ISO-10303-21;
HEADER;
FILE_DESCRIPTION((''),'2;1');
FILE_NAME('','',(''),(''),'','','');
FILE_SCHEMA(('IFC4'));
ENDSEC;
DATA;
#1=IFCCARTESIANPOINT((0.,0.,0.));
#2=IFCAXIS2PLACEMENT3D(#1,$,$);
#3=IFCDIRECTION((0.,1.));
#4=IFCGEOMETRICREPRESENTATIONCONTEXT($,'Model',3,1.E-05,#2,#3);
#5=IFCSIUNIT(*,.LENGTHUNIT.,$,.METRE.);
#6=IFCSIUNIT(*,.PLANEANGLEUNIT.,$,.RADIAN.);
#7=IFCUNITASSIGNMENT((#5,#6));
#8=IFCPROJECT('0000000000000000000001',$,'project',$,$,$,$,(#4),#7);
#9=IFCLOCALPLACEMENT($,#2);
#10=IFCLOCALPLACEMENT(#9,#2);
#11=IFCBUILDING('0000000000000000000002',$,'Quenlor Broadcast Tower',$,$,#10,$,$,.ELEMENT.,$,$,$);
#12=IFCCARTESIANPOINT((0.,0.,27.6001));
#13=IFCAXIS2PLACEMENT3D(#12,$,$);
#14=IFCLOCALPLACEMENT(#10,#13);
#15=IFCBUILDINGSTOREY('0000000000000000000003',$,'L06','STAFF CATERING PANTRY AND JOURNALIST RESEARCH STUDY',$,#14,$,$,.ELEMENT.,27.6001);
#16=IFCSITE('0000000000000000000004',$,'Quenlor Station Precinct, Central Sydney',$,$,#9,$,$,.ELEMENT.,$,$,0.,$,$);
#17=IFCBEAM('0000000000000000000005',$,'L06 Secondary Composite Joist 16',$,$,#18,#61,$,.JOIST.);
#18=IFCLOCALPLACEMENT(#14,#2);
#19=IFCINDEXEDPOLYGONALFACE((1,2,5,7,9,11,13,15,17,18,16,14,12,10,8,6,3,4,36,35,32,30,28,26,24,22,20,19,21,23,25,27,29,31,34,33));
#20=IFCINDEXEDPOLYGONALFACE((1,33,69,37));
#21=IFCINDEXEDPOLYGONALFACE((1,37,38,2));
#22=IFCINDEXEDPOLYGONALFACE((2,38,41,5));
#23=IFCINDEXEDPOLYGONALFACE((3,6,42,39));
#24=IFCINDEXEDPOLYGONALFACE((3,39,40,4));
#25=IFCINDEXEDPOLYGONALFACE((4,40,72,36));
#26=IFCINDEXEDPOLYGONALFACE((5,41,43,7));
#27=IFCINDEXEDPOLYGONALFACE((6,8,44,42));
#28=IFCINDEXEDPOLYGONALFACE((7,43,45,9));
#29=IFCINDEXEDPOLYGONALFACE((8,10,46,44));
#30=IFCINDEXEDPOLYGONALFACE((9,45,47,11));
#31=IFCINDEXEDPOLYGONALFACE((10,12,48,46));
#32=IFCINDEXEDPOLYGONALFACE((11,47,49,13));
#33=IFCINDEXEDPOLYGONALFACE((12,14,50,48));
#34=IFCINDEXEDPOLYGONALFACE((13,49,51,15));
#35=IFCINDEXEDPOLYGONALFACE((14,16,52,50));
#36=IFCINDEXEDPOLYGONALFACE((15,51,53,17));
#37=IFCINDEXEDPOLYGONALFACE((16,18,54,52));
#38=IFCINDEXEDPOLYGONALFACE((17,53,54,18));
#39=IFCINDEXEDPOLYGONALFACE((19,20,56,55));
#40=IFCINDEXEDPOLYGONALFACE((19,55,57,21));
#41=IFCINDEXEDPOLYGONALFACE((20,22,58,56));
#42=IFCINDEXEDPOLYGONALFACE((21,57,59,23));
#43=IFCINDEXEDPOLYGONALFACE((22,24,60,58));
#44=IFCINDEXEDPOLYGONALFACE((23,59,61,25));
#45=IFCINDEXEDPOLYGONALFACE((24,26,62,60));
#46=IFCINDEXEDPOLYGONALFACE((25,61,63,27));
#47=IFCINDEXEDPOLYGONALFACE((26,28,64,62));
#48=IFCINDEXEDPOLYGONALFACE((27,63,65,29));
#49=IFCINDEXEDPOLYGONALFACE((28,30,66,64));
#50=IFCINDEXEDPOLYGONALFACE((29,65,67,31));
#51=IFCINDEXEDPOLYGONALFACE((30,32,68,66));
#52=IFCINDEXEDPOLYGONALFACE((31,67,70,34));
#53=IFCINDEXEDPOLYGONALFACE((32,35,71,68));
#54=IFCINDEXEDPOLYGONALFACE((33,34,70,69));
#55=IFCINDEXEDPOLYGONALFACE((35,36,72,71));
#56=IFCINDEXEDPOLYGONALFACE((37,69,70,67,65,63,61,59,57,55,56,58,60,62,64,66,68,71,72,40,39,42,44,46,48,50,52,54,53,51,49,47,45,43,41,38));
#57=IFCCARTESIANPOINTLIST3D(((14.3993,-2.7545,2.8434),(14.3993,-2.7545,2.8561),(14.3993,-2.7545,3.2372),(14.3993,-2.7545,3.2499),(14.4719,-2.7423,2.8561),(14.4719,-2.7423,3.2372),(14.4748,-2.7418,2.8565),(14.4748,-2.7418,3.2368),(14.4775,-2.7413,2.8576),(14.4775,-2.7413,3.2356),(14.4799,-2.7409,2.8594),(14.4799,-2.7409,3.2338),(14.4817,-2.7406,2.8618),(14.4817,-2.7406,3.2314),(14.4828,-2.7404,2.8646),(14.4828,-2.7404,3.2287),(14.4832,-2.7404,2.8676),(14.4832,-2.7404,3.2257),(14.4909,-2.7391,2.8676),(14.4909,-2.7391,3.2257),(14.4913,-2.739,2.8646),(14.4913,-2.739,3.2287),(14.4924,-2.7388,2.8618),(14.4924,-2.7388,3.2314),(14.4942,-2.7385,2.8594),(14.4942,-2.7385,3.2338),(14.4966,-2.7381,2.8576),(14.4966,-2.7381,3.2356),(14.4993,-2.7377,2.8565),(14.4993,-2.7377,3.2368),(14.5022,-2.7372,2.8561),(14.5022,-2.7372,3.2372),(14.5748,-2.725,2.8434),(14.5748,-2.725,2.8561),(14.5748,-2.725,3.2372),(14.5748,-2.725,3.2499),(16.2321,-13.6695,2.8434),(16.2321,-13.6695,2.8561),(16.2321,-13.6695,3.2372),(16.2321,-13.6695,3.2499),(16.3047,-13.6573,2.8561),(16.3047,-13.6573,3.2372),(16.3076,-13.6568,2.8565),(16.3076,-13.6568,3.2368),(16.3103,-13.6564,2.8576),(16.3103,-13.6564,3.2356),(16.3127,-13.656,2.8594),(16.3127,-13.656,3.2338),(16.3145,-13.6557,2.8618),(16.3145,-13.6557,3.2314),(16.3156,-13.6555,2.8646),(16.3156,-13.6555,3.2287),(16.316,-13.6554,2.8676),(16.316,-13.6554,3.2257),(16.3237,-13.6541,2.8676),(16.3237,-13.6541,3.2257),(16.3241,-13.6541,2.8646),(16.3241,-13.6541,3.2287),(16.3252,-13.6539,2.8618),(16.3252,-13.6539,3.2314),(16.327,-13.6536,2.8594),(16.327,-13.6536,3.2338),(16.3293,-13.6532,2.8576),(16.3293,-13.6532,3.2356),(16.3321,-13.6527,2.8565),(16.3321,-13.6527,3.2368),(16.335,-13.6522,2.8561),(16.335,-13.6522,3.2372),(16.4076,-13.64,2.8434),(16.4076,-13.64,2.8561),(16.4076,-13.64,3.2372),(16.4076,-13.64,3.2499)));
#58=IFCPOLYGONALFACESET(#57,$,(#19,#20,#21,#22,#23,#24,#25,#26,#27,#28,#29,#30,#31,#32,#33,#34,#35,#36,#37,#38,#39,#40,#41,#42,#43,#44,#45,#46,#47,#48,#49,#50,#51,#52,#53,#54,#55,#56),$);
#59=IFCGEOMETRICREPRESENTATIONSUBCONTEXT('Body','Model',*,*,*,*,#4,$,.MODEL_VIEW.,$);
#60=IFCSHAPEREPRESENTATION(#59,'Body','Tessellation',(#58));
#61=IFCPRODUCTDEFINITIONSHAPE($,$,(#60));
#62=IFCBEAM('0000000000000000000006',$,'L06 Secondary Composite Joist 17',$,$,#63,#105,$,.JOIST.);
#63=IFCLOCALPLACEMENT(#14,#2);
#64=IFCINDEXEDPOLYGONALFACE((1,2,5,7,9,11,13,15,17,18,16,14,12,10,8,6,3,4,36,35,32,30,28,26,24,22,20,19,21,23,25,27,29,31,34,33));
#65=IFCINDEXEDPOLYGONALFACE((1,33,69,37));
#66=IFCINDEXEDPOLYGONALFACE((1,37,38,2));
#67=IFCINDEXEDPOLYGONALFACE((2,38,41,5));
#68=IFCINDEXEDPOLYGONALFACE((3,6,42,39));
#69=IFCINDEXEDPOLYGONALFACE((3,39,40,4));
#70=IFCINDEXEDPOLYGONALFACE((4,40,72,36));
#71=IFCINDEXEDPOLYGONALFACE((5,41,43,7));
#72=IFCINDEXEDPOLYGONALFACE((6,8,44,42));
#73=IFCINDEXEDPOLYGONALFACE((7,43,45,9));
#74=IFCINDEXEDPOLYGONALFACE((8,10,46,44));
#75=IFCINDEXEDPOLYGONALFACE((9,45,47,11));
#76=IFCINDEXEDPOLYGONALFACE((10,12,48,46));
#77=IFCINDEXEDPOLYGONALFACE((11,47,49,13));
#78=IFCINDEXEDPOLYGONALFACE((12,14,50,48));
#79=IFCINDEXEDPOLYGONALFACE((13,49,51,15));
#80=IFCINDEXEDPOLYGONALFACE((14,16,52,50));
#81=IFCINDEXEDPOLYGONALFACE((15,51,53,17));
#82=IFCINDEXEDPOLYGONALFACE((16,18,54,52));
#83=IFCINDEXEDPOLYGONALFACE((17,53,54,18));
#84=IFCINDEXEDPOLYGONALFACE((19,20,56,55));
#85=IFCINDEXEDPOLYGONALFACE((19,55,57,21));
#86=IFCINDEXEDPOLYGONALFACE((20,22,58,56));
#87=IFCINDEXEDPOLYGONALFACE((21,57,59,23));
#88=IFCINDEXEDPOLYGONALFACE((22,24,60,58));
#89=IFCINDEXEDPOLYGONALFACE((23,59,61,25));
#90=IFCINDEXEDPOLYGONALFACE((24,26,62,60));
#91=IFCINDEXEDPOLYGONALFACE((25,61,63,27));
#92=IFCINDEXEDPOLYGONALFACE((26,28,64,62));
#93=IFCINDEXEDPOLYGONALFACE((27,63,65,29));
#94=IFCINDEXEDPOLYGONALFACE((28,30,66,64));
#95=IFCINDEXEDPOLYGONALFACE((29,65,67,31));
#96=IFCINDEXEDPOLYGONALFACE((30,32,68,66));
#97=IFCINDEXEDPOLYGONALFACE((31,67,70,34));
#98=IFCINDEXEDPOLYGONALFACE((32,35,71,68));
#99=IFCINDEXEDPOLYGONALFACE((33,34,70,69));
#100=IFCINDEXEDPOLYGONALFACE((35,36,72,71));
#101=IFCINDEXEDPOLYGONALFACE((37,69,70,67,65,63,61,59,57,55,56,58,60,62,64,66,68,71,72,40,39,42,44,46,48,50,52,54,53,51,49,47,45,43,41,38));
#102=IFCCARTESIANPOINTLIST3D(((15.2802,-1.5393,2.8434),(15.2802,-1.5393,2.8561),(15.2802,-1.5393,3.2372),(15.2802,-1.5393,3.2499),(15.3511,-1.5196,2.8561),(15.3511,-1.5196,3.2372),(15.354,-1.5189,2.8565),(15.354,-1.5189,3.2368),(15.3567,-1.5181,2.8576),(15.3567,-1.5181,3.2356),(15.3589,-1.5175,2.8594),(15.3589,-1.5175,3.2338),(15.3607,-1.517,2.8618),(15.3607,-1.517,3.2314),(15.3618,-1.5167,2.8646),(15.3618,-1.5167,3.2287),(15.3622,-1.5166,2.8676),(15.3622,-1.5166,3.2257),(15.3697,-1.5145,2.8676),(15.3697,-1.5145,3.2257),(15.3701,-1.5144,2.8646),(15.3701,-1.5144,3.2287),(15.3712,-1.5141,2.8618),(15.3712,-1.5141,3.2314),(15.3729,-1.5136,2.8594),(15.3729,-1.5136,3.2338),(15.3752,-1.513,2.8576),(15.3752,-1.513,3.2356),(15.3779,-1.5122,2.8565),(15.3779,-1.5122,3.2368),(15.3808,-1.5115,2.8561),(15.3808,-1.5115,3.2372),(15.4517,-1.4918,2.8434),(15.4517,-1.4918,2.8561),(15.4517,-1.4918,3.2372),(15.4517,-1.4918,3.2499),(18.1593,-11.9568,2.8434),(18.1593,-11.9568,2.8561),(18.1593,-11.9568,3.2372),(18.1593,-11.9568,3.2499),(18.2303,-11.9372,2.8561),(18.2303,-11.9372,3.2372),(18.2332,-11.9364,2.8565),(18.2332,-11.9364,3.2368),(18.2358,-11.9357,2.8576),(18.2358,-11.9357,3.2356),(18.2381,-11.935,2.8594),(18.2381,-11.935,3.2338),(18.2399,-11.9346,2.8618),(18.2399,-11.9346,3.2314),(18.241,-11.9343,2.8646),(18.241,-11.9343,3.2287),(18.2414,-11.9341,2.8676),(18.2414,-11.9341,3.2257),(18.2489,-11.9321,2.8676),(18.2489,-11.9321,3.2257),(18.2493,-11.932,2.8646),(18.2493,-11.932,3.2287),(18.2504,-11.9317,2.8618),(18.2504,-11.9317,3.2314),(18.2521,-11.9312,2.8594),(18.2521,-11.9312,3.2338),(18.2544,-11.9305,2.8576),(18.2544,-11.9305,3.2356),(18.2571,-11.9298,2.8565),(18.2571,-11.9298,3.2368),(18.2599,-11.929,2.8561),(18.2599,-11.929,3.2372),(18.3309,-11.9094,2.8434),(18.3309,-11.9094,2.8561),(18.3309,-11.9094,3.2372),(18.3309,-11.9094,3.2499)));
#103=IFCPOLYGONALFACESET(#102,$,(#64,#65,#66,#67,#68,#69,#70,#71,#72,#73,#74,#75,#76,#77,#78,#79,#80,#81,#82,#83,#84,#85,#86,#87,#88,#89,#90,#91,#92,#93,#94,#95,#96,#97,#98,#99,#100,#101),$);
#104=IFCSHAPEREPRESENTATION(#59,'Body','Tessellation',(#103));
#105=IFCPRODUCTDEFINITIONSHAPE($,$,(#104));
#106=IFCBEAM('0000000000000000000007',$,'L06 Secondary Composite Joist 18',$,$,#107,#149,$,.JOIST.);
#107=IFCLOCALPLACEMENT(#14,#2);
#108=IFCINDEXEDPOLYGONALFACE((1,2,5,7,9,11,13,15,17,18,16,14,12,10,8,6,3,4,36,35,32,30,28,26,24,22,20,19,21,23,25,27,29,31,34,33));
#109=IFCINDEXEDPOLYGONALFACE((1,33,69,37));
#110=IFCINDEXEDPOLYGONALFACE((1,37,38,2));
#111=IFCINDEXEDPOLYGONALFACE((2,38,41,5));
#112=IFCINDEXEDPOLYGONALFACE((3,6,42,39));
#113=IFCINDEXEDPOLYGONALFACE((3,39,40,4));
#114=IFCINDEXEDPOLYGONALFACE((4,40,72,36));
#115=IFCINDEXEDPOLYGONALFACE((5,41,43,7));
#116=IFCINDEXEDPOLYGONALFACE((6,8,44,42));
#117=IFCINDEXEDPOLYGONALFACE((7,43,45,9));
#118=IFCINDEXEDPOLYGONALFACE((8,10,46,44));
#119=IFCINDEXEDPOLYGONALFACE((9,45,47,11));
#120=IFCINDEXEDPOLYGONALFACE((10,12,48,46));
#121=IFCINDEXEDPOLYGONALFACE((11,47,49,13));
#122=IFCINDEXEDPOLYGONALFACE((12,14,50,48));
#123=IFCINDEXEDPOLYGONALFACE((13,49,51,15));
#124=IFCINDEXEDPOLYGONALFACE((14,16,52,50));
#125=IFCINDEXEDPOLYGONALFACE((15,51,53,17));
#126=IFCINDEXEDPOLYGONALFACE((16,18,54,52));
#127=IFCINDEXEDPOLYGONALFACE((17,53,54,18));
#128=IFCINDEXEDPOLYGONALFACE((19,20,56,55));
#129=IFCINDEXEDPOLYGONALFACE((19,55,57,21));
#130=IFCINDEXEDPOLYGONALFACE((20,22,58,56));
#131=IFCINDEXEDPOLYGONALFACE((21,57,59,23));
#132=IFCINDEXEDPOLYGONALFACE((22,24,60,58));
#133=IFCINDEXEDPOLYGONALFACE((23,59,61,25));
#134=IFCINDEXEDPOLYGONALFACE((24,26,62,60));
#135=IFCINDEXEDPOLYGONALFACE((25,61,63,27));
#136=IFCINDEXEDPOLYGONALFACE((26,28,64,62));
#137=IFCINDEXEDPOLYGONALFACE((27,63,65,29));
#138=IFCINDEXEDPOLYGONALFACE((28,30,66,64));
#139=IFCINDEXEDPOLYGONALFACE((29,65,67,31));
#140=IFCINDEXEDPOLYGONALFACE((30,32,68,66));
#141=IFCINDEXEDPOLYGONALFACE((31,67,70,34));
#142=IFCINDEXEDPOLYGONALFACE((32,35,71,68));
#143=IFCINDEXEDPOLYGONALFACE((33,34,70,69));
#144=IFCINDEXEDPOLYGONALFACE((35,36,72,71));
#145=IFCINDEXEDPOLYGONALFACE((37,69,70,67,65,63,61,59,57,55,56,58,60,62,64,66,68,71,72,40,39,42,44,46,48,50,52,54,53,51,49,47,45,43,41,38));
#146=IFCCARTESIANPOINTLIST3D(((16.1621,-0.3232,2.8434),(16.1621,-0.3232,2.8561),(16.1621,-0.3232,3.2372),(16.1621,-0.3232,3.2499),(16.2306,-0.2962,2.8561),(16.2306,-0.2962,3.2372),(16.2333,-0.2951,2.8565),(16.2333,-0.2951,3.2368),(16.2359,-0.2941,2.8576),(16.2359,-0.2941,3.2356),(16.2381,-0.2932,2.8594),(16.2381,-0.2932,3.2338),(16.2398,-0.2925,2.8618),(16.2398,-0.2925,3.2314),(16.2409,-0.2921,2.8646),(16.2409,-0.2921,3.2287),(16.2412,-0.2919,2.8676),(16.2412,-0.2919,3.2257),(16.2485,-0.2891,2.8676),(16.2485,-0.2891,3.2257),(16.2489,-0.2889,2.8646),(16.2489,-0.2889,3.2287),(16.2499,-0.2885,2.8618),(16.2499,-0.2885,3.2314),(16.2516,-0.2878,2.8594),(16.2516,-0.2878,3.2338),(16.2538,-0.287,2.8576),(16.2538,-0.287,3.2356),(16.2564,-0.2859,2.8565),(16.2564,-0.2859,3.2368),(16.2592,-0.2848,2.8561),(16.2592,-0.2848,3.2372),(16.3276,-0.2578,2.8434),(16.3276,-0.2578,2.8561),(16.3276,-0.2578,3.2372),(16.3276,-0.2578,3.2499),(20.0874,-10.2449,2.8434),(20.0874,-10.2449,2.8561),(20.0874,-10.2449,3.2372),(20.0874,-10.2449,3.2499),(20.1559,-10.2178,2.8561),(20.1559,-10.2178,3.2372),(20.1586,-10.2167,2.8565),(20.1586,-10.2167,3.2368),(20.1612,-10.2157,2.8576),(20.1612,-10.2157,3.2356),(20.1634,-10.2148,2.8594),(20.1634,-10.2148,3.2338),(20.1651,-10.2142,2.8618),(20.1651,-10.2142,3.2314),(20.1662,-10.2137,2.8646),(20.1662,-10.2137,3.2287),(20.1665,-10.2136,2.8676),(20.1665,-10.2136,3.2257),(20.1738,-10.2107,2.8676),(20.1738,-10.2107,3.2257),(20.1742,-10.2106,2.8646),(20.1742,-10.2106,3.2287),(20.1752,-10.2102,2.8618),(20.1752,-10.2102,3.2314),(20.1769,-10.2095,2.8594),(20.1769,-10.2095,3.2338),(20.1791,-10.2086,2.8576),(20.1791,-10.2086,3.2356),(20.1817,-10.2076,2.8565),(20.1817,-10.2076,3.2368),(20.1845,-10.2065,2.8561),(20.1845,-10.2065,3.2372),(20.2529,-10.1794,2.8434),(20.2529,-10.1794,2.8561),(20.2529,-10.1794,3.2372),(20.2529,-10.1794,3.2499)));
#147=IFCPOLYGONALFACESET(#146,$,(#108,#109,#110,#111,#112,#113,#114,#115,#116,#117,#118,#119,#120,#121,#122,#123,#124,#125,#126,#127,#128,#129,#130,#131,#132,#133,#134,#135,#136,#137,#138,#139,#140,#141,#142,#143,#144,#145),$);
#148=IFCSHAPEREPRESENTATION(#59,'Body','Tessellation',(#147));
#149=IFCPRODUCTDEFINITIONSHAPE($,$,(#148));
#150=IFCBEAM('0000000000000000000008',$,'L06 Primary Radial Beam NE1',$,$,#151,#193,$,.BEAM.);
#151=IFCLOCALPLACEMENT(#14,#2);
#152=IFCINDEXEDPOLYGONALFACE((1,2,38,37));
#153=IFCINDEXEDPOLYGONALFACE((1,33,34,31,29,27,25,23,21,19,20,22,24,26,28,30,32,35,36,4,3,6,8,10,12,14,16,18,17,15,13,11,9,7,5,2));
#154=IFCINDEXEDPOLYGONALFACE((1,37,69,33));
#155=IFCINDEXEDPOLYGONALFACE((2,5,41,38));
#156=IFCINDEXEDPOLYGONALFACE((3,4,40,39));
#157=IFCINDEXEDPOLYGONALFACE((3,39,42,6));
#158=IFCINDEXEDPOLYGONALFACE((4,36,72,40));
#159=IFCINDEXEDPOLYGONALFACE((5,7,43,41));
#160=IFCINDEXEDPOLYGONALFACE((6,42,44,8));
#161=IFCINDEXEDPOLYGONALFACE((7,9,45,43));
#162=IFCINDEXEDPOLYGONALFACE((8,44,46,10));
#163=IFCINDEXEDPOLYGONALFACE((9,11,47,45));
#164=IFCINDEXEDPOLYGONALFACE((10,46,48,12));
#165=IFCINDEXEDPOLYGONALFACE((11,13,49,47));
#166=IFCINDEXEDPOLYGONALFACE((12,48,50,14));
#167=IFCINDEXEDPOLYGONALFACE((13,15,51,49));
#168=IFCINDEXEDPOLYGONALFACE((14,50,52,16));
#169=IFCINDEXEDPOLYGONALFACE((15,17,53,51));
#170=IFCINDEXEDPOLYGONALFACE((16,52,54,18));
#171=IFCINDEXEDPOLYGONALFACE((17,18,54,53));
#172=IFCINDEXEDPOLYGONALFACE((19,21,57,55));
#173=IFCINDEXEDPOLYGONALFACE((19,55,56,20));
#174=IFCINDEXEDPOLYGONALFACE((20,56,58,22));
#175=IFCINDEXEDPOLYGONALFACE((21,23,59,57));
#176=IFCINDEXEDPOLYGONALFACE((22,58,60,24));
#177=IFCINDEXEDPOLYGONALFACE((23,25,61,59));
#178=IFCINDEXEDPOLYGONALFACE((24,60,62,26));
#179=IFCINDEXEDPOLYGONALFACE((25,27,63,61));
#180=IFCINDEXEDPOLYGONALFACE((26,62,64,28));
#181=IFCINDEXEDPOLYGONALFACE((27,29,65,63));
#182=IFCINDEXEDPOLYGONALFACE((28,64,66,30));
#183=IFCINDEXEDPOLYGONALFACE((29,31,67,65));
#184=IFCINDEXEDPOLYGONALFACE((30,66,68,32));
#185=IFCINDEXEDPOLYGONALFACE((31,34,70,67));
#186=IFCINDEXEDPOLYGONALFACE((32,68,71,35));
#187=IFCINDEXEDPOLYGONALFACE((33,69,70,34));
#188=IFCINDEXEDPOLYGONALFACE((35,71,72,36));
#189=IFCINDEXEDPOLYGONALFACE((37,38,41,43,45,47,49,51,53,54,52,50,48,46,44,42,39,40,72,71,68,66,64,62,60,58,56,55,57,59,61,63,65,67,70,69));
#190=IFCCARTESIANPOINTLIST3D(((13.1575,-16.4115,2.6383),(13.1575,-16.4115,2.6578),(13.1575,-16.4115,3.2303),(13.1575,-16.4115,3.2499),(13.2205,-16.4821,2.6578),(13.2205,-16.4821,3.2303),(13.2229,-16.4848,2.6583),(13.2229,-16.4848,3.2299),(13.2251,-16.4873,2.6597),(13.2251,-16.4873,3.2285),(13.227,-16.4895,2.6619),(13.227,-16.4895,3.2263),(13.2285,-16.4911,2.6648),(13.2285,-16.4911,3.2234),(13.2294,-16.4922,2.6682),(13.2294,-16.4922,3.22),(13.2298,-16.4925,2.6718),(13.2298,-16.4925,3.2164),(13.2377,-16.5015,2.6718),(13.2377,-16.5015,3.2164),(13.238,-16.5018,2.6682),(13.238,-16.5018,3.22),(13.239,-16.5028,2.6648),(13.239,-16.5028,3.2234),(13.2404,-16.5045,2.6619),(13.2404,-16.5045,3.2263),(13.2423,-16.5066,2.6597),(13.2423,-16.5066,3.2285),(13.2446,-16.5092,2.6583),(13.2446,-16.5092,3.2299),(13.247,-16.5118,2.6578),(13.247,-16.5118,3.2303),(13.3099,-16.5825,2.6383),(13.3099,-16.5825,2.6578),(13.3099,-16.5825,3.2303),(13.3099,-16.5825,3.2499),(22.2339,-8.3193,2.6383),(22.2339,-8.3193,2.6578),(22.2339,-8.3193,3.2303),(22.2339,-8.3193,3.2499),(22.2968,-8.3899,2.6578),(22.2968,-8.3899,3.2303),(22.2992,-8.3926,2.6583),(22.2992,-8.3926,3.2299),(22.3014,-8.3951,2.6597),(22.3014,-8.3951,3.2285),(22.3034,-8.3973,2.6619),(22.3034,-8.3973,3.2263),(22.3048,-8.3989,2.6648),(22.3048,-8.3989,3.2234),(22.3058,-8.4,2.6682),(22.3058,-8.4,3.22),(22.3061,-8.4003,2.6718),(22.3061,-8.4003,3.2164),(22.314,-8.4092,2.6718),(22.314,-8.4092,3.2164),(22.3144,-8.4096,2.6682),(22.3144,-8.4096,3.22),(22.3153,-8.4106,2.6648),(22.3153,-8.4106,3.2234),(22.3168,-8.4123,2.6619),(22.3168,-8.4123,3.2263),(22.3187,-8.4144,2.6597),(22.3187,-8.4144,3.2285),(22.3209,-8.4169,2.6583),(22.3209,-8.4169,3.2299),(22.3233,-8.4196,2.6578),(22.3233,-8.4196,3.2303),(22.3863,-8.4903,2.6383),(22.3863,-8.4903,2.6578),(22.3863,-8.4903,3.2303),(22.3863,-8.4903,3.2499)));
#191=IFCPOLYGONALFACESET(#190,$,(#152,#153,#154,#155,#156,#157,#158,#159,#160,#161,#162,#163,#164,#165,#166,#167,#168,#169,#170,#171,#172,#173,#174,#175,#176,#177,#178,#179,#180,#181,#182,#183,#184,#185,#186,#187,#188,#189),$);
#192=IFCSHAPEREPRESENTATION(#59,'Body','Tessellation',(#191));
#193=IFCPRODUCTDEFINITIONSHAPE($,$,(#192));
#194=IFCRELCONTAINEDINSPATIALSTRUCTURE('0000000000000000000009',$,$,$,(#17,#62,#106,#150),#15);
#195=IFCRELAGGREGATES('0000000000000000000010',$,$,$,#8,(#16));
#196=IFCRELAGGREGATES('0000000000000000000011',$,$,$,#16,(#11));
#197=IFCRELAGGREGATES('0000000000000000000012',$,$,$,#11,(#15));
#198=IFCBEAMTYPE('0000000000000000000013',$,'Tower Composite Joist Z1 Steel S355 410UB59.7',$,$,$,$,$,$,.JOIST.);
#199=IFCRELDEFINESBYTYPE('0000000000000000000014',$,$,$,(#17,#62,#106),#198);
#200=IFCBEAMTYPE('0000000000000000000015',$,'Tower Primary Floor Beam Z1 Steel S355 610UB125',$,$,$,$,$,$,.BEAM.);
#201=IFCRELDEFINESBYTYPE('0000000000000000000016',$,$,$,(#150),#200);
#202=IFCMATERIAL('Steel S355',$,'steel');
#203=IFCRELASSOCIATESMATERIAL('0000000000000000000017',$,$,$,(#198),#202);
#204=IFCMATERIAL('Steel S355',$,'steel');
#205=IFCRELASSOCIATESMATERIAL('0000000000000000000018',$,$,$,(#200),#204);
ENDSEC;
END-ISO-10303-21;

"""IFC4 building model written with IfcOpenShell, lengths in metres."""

from ifc_helpers import new_model, si_unit, direction, frame, origin, origin_2d, place, context, subcontext, project, spatial, i_section, extrude, material, material_profile, profile_set, type_object, element, save


model = new_model("IFC4")

# Units and contexts
model_context = context("Model", 3, precision=1e-05, world=origin(), true_north=direction((0.0, 1.0)))
body_context = subcontext(model_context, "Body", "Model", "MODEL_VIEW")
ifc_project = project(units=[si_unit("LENGTHUNIT", "METRE"), si_unit("PLANEANGLEUNIT", "RADIAN")], contexts=[model_context])

# Site, building, storey
site_placement = place(None, origin())
site = spatial("IfcSite", under=ifc_project, at=site_placement, Name="Quenlor Station Precinct, Central Sydney", CompositionType="ELEMENT", RefElevation=0.0)
building_placement = place(site_placement, origin())
building = spatial("IfcBuilding", under=site, at=building_placement, Name="Quenlor Broadcast Tower", CompositionType="ELEMENT")
storey_placement = place(building_placement, frame((0.0, 0.0, 27.6001)))
storey = spatial("IfcBuildingStorey", under=building, at=storey_placement, Name="L06", Description="STAFF CATERING PANTRY AND JOURNALIST RESEARCH STUDY", CompositionType="ELEMENT", Elevation=27.6001)

# Beams
ifc_material_1 = material(Name="Steel S355", Category="steel")
ifc_material_profile_1 = material_profile(ifc_material_1, i_section(OverallWidth=0.178, OverallDepth=0.4065, WebThickness=0.0078, FlangeThickness=0.0127, FilletRadius=0.0115, at=origin_2d()))
ifc_profile_set_1 = profile_set([ifc_material_profile_1], Name="Steel S355 410UB59.7")
beam_type_1 = type_object("IfcBeamType", Name="Tower Composite Joist Z1 Steel S355 410UB59.7", PredefinedType="JOIST", material=ifc_profile_set_1)
beam_1_placement = place(storey_placement, frame((16.3198, -13.6548, 3.0466), z_axis=(-0.165594, 0.986194, 0.0), x_axis=(-0.986194, -0.165594, 0.0)))
element("IfcBeam", 1, at=beam_1_placement, inside=storey, type_object=beam_type_1, Name="L06 Secondary Composite Joist 16", PredefinedType="JOIST", context=body_context, shape_type="SweptSolid", body=[
    extrude(i_section(OverallWidth=0.178, OverallDepth=0.4065, WebThickness=0.0078, FlangeThickness=0.0127, FilletRadius=0.0115, at=origin_2d()), origin(), (0.0, 0.0, 1.0), 11.0679),
])
beam_2_placement = place(storey_placement, frame((18.2451, -11.9331, 3.0466), z_axis=(-0.26639, 0.963865, 0.0), x_axis=(-0.963865, -0.26639, 0.0)))
element("IfcBeam", 2, at=beam_2_placement, inside=storey, type_object=beam_type_1, Name="L06 Secondary Composite Joist 17", PredefinedType="JOIST", context=body_context, shape_type="SweptSolid", body=[
    extrude(i_section(OverallWidth=0.178, OverallDepth=0.4065, WebThickness=0.0078, FlangeThickness=0.0127, FilletRadius=0.0115, at=origin_2d()), origin(), (0.0, 0.0, 1.0), 10.8081),
])
beam_3_placement = place(storey_placement, frame((20.1702, -10.2122, 3.0466), z_axis=(-0.367885, 0.929871, 0.0), x_axis=(-0.929871, -0.367885, 0.0)))
element("IfcBeam", 3, at=beam_3_placement, inside=storey, type_object=beam_type_1, Name="L06 Secondary Composite Joist 18", PredefinedType="JOIST", context=body_context, shape_type="SweptSolid", body=[
    extrude(i_section(OverallWidth=0.178, OverallDepth=0.4065, WebThickness=0.0078, FlangeThickness=0.0127, FilletRadius=0.0115, at=origin_2d()), origin(), (0.0, 0.0, 1.0), 10.6699),
])
ifc_material_2 = material(Name="Steel S355", Category="steel")
ifc_material_profile_2 = material_profile(ifc_material_2, i_section(OverallWidth=0.229, OverallDepth=0.6116, WebThickness=0.012, FlangeThickness=0.0195, FilletRadius=0.0139, at=origin_2d()))
ifc_profile_set_2 = profile_set([ifc_material_profile_2], Name="Steel S355 610UB125")
beam_type_2 = type_object("IfcBeamType", Name="Tower Primary Floor Beam Z1 Steel S355 610UB125", PredefinedType="BEAM", material=ifc_profile_set_2)
beam_4_placement = place(storey_placement, frame((22.3101, -8.4048, 2.9441), z_axis=(-0.746414, -0.665482, 0.0), x_axis=(0.665482, -0.746414, 0.0)))
element("IfcBeam", 4, at=beam_4_placement, inside=storey, type_object=beam_type_2, Name="L06 Primary Radial Beam NE1", PredefinedType="BEAM", context=body_context, shape_type="SweptSolid", body=[
    extrude(i_section(OverallWidth=0.229, OverallDepth=0.6116, WebThickness=0.012, FlangeThickness=0.0195, FilletRadius=0.0139, at=origin_2d()), origin(), (0.0, 0.0, 1.0), 12.1599),
])

save(model, "model.ifc")
